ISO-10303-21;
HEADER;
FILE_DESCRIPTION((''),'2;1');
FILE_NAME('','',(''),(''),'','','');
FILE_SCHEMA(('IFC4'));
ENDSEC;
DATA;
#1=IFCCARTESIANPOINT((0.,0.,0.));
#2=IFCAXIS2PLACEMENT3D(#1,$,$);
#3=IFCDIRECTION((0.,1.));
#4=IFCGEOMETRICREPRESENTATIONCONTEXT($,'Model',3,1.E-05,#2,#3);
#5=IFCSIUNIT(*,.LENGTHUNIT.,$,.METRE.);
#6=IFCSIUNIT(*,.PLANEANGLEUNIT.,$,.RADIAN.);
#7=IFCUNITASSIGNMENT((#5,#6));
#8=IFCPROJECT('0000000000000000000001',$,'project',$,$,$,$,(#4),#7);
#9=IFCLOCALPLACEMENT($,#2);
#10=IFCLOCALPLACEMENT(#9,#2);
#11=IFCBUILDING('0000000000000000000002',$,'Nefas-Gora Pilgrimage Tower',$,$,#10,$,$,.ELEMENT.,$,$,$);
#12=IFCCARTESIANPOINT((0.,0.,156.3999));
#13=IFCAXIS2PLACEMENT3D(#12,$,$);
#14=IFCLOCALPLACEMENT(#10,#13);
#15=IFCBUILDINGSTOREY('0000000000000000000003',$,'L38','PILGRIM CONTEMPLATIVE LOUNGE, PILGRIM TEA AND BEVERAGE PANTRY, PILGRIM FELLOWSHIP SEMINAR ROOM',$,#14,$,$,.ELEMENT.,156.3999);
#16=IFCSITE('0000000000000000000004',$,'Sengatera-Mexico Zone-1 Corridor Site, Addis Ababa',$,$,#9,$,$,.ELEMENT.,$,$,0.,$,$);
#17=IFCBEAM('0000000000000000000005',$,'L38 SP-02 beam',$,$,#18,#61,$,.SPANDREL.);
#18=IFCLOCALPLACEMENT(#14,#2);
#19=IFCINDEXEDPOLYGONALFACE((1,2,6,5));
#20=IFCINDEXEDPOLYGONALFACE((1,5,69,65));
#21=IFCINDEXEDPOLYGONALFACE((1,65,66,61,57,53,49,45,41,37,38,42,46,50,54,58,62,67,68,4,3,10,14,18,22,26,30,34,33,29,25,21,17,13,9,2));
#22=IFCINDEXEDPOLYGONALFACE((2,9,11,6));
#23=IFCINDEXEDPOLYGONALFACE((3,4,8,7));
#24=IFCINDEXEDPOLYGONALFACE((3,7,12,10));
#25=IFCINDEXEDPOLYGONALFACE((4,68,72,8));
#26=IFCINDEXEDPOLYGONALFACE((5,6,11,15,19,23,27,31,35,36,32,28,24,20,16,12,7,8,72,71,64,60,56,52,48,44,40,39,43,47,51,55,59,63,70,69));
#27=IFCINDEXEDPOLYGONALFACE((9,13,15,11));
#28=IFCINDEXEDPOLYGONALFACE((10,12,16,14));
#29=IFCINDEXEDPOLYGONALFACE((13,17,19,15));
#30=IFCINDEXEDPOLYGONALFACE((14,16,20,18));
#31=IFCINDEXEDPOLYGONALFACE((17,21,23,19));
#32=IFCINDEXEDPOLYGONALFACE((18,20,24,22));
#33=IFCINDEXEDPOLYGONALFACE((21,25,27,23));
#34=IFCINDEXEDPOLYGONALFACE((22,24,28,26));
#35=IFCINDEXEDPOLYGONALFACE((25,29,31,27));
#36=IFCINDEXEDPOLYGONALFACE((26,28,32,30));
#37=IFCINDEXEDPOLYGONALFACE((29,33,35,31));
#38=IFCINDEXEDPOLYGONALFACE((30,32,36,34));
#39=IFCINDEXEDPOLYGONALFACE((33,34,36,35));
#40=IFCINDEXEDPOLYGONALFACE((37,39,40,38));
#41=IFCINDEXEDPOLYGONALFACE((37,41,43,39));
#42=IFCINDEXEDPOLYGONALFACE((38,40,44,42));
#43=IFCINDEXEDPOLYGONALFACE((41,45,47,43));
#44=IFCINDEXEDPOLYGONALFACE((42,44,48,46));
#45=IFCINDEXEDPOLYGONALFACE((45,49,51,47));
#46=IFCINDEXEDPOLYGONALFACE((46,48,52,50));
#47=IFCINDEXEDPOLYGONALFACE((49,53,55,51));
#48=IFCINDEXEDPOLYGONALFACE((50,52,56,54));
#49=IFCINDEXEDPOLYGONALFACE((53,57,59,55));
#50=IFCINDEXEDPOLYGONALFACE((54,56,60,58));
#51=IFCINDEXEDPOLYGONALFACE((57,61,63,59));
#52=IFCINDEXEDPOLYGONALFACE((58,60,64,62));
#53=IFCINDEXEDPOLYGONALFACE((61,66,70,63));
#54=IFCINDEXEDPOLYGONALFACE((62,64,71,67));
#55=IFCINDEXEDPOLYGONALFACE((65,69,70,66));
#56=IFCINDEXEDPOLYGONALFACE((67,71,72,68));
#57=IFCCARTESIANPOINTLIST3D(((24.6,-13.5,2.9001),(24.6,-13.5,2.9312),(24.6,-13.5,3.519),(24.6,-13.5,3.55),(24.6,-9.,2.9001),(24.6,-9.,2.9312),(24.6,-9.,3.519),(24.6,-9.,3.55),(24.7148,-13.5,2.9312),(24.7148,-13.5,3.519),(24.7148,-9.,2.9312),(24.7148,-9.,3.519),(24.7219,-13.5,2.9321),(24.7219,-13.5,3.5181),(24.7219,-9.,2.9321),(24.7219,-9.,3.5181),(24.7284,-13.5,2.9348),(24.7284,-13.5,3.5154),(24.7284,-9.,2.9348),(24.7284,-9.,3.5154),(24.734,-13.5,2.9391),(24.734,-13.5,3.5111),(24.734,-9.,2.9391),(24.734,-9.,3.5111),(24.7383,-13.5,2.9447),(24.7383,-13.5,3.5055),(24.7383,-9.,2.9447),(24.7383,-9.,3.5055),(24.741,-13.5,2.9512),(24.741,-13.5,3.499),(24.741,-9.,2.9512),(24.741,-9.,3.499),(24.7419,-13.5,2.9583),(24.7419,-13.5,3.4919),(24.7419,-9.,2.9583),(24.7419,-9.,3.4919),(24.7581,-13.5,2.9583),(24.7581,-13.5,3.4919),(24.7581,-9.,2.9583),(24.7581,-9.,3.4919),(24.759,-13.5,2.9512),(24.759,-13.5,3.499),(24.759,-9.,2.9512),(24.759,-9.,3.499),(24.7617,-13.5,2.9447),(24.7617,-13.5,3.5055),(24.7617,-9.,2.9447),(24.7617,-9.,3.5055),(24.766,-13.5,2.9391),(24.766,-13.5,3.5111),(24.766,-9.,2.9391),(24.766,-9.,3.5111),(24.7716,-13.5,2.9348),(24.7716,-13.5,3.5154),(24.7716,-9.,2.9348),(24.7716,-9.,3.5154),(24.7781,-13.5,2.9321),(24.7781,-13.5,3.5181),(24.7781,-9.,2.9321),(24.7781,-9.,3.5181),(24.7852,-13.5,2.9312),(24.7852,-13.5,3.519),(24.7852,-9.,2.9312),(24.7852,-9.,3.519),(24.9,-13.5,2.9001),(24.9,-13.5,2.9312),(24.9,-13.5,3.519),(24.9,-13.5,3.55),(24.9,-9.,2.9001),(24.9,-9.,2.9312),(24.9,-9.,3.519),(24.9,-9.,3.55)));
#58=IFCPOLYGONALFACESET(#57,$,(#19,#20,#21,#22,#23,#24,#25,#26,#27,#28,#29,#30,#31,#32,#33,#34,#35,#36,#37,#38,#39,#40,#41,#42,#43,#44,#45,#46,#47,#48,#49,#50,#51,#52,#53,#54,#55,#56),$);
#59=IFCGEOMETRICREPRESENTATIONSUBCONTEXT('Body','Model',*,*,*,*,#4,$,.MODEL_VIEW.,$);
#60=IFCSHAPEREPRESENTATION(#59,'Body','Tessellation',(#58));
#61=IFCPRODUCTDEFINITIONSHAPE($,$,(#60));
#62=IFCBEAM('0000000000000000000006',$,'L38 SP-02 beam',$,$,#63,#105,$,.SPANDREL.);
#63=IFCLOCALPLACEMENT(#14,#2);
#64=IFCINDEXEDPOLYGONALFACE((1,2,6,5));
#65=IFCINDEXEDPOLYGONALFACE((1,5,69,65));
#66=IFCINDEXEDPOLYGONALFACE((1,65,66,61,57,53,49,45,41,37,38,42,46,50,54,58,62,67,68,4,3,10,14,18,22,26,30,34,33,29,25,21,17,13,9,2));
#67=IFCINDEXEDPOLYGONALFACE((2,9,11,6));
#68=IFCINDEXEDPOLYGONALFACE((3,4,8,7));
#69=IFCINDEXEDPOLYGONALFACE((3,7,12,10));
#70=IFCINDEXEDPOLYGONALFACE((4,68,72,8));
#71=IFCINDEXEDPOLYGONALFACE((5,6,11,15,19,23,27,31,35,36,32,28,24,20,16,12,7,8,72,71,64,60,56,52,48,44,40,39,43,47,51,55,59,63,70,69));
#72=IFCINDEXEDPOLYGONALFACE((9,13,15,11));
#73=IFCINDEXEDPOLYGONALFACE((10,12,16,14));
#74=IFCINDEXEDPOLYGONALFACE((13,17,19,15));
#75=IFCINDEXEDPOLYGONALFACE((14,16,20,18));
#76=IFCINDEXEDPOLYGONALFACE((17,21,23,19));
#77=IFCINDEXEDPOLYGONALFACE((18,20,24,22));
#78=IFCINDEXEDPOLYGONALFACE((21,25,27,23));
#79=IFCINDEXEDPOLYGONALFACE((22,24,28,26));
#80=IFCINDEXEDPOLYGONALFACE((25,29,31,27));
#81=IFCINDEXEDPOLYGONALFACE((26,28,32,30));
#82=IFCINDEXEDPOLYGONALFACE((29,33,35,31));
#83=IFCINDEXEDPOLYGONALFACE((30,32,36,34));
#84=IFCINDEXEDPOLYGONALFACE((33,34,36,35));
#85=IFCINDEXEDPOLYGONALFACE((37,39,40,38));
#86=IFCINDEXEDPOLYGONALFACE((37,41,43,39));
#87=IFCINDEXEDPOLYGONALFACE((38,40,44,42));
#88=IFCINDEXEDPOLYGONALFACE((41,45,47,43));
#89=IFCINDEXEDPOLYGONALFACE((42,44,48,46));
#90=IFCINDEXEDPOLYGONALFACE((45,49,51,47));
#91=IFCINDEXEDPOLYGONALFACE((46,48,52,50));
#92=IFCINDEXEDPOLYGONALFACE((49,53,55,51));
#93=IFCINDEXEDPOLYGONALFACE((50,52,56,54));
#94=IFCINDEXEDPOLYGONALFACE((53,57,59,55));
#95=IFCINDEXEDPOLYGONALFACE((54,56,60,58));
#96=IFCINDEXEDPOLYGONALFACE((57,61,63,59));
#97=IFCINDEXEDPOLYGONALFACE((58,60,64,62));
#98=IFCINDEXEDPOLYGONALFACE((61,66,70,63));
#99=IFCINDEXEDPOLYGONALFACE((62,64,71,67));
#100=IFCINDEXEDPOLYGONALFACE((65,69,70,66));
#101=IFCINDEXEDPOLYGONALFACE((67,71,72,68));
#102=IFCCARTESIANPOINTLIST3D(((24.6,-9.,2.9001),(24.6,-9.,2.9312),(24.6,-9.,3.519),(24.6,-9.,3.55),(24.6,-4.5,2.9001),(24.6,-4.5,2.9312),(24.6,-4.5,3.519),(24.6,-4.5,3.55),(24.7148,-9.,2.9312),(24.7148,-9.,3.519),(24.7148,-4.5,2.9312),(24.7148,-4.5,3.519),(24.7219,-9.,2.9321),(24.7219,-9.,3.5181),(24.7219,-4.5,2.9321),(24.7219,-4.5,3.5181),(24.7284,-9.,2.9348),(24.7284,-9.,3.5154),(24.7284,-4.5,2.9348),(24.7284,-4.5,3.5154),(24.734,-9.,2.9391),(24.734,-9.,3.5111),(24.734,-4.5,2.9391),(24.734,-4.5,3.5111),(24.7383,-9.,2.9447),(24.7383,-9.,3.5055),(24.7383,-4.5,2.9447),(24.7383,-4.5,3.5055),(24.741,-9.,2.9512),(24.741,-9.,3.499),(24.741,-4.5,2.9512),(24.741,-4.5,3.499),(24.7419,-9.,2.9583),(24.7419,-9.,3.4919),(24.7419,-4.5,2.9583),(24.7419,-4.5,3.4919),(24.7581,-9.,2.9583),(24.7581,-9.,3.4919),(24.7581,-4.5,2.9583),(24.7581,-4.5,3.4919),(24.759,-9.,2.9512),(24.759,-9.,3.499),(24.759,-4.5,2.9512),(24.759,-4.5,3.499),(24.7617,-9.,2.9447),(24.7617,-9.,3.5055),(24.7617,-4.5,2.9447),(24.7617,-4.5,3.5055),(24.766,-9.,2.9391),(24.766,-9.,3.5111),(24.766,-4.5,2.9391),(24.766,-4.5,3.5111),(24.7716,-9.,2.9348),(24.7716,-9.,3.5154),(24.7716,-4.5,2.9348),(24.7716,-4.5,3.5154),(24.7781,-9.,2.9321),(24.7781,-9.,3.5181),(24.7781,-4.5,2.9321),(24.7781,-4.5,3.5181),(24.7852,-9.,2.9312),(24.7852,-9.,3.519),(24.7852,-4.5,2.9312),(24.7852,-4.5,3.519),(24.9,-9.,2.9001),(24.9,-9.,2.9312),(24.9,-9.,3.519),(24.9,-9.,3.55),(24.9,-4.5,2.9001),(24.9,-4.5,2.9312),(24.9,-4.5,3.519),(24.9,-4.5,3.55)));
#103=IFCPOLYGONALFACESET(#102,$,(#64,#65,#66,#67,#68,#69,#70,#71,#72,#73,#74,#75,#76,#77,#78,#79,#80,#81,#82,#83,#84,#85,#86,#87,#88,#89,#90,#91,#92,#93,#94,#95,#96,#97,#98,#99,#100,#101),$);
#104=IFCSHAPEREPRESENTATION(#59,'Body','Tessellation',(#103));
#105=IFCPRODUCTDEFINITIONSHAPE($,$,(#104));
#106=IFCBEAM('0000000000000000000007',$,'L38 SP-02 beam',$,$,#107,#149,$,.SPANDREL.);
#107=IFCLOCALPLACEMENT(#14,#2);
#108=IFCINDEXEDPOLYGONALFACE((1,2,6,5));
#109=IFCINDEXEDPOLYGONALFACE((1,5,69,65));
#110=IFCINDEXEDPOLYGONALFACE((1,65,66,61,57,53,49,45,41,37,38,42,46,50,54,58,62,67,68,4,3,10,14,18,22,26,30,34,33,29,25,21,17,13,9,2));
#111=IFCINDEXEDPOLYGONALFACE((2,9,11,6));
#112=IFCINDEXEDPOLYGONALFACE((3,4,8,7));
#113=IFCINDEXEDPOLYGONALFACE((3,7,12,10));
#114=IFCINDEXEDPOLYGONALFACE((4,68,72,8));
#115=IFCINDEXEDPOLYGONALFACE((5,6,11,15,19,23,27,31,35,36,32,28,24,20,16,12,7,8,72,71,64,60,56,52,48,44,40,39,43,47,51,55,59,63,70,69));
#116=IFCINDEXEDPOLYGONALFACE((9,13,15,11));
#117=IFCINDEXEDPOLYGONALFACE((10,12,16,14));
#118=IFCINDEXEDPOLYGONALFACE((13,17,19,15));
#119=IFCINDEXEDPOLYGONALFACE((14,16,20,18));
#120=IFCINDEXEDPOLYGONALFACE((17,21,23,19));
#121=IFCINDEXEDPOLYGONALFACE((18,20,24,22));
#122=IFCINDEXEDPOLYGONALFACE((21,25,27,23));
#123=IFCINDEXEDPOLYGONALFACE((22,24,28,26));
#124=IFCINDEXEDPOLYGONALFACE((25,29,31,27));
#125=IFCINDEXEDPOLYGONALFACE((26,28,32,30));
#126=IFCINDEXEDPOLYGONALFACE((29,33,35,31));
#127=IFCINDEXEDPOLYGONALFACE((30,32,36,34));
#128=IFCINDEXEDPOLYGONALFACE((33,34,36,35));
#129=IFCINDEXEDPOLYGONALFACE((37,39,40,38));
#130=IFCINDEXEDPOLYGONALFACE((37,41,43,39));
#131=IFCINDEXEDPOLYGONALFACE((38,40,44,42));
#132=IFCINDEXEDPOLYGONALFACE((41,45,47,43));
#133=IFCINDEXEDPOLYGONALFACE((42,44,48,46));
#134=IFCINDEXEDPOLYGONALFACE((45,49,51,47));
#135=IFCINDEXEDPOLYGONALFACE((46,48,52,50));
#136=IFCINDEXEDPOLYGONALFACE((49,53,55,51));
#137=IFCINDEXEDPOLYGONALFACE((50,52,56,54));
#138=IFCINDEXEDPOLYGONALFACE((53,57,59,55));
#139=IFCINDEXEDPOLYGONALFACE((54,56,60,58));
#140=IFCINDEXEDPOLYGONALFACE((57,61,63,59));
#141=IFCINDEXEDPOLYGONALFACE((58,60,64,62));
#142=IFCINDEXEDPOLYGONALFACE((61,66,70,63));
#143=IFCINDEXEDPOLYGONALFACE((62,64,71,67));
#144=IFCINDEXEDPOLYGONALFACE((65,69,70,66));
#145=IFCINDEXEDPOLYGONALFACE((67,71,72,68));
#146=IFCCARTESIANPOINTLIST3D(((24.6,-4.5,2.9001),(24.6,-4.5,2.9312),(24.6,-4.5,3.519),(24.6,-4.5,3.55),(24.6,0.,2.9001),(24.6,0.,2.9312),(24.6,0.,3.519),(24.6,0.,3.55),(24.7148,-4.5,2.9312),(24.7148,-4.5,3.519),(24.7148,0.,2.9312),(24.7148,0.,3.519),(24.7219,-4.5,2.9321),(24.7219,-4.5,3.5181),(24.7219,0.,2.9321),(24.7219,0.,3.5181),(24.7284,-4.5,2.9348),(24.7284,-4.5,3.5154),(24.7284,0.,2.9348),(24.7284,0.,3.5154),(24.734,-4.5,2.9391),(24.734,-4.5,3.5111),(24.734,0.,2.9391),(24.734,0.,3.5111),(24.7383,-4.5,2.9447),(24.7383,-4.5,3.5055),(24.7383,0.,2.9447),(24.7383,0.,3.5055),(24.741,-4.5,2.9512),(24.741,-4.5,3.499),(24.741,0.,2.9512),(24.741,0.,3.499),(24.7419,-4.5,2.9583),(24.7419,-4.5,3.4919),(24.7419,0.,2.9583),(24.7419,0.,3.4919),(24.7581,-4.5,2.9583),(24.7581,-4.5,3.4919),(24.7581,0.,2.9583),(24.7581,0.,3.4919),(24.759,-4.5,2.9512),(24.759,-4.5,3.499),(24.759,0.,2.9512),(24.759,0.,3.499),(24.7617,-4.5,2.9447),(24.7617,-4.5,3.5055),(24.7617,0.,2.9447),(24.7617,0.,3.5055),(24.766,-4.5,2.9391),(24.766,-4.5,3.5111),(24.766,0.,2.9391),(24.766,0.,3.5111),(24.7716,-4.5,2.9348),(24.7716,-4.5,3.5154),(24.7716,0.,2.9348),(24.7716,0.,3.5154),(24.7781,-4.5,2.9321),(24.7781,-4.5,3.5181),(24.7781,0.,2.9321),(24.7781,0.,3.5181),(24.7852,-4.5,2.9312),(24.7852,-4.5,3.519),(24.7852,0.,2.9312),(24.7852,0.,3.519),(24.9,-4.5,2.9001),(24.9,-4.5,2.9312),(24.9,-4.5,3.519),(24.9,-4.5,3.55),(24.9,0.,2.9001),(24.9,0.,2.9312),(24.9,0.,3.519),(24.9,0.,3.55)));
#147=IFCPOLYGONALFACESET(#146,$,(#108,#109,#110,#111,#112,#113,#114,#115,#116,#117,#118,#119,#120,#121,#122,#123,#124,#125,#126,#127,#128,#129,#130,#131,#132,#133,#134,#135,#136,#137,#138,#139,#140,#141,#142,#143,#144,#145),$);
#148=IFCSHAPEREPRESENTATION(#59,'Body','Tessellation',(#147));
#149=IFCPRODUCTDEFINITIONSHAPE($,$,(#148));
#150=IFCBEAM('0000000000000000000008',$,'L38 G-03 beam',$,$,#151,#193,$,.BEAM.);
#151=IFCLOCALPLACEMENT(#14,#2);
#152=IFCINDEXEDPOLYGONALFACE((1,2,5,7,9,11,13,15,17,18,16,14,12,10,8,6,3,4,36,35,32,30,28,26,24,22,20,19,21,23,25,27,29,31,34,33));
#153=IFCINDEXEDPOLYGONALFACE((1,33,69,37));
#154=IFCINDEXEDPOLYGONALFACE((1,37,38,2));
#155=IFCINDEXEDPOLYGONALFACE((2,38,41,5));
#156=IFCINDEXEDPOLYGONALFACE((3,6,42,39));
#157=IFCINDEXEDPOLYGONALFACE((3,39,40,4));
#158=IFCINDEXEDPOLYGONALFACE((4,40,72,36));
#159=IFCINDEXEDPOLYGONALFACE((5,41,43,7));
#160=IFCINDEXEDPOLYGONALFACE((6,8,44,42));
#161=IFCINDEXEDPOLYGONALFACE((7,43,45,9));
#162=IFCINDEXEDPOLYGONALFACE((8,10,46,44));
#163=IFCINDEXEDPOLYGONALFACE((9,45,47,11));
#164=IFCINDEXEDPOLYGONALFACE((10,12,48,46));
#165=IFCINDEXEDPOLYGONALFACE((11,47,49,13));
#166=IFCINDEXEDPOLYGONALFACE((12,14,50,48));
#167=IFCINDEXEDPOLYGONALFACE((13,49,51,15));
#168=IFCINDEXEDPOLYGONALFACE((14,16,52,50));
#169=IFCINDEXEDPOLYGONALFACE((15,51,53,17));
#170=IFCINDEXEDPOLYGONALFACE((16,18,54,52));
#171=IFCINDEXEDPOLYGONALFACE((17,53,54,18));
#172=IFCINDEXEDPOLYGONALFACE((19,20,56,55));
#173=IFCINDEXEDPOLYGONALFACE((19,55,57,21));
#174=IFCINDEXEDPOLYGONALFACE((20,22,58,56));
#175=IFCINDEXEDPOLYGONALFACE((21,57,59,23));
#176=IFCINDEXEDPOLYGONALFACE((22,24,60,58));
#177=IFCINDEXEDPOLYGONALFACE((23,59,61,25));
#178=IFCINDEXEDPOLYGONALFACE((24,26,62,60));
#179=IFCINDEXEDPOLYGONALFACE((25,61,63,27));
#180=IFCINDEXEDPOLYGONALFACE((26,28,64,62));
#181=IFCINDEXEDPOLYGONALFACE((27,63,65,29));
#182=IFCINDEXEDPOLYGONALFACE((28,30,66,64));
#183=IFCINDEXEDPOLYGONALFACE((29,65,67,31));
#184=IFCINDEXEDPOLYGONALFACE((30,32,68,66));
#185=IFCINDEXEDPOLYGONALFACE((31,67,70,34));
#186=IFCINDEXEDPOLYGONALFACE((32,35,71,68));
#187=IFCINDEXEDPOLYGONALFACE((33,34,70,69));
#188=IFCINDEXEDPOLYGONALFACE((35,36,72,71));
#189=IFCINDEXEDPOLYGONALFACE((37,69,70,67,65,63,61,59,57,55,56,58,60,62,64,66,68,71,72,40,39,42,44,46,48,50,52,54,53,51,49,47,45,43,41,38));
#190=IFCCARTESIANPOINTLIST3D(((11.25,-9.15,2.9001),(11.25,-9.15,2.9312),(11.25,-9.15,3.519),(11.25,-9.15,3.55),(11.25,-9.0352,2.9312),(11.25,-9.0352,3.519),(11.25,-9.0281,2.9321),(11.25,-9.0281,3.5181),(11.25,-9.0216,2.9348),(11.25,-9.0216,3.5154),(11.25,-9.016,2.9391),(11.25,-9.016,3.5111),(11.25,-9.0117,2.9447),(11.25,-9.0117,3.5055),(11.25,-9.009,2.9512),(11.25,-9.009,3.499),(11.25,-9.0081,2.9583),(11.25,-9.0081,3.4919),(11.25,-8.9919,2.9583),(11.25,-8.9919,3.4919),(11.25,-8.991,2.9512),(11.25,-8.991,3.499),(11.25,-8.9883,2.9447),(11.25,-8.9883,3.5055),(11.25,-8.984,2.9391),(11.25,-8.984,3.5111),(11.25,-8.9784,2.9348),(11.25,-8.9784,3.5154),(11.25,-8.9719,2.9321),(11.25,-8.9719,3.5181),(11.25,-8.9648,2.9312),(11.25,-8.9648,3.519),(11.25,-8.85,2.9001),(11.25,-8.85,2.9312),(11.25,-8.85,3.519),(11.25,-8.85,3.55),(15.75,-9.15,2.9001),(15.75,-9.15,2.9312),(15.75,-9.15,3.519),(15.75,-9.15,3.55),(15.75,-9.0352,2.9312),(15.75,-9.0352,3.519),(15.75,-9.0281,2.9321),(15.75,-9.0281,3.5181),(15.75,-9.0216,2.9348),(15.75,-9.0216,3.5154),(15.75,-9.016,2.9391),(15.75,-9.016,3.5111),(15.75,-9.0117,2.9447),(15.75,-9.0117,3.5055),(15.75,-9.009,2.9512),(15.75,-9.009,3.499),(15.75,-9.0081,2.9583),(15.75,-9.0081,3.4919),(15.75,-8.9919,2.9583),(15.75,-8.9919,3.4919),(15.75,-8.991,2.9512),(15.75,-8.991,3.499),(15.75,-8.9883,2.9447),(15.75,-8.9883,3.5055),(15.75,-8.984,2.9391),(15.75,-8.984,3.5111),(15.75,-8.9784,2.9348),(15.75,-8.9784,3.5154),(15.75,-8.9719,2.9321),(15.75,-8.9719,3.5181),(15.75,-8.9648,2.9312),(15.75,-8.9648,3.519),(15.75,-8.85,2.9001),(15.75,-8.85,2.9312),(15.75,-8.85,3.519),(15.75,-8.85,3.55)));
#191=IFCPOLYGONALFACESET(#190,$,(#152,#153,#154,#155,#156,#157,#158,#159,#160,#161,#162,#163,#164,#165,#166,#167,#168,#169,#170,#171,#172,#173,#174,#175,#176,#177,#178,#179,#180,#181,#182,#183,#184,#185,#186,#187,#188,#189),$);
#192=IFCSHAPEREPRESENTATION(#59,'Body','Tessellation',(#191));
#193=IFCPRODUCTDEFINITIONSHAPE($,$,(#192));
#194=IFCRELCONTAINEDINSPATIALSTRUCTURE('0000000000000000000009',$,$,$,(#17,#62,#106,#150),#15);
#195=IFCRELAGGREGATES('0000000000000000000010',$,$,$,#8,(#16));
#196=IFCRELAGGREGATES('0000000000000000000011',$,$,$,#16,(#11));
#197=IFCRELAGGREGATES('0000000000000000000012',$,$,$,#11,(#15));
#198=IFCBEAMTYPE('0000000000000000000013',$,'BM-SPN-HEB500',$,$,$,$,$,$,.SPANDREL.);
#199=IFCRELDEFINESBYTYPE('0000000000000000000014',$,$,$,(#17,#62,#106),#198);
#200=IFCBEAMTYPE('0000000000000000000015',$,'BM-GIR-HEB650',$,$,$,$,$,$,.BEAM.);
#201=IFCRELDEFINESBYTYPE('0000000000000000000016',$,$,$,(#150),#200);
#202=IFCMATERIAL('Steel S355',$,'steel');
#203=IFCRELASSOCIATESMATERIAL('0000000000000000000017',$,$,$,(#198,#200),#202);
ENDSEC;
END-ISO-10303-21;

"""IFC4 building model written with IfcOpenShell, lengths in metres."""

from ifc_helpers import new_model, si_unit, direction, frame, origin, origin_2d, place, context, subcontext, project, spatial, i_section, extrude, source, transform, mapped, material, material_profile, profile_set, type_object, element, save


model = new_model("IFC4")

# Units and contexts
model_context = context("Model", 3, precision=1e-05, world=origin(), true_north=direction((0.0, 1.0)))
body_context = subcontext(model_context, "Body", "Model", "MODEL_VIEW")
ifc_project = project(units=[si_unit("LENGTHUNIT", "METRE"), si_unit("PLANEANGLEUNIT", "RADIAN")], contexts=[model_context])

# Site, building, storey
site_placement = place(None, origin())
site = spatial("IfcSite", under=ifc_project, at=site_placement, Name="Sengatera-Mexico Zone-1 Corridor Site, Addis Ababa", CompositionType="ELEMENT", RefElevation=0.0)
building_placement = place(site_placement, origin())
building = spatial("IfcBuilding", under=site, at=building_placement, Name="Nefas-Gora Pilgrimage Tower", CompositionType="ELEMENT")
storey_placement = place(building_placement, frame((0.0, 0.0, 156.3999)))
storey = spatial("IfcBuildingStorey", under=building, at=storey_placement, Name="L38", Description="PILGRIM CONTEMPLATIVE LOUNGE, PILGRIM TEA AND BEVERAGE PANTRY, PILGRIM FELLOWSHIP SEMINAR ROOM", CompositionType="ELEMENT", Elevation=156.3999)

# Beams
ifc_material_1 = material(Name="Steel S355", Category="steel")
ifc_material_profile_1 = material_profile(ifc_material_1, i_section(OverallWidth=0.3, OverallDepth=0.6499, WebThickness=0.0161, FlangeThickness=0.031, FilletRadius=0.0271, at=origin_2d()), Name="HEB 650")
ifc_profile_set_1 = profile_set([ifc_material_profile_1], Name="Steel S355")
beam_type_1 = type_object("IfcBeamType", Name="BM-SPN-HEB500", PredefinedType="SPANDREL", material=ifc_profile_set_1)
shared_shape_1 = source(origin(), body_context, "Body", "SweptSolid", [
    extrude(i_section(OverallWidth=0.3, OverallDepth=0.6499, WebThickness=0.0161, FlangeThickness=0.031, FilletRadius=0.0271, at=origin_2d()), origin(), (0.0, 0.0, 1.0), 4.5),
])
for number, where, z_axis, x_axis, name in (
    (1, (24.75, -13.5, 3.2251), (0.0, 1.0, 0.0), (-1.0, 0.0, 0.0), "L38 SP-02 beam"),
    (2, (24.75, -9.0, 3.2251), (0.0, 1.0, 0.0), (-1.0, 0.0, 0.0), "L38 SP-02 beam"),
    (3, (24.75, -4.5, 3.2251), (0.0, 1.0, 0.0), (-1.0, 0.0, 0.0), "L38 SP-02 beam"),
):
    element("IfcBeam", number, at=place(storey_placement, frame(where, z_axis=z_axis, x_axis=x_axis)), inside=storey, type_object=beam_type_1, Name=name, PredefinedType="SPANDREL", context=body_context, shape_type="MappedRepresentation", body=[
        mapped(shared_shape_1, transform((0.0, 0.0, 0.0), x_axis=(1.0, 0.0, 0.0), y_axis=(0.0, 1.0, 0.0), z_axis=(0.0, 0.0, 1.0), scale=1.0)),
    ])
ifc_material_profile_2 = material_profile(ifc_material_1, i_section(OverallWidth=0.3, OverallDepth=0.6499, WebThickness=0.0161, FlangeThickness=0.031, FilletRadius=0.0271, at=origin_2d()), Name="HEB 650")
ifc_profile_set_2 = profile_set([ifc_material_profile_2], Name="Steel S355")
beam_type_2 = type_object("IfcBeamType", Name="BM-GIR-HEB650", PredefinedType="BEAM", material=ifc_profile_set_2)
shared_shape_2 = source(origin(), body_context, "Body", "SweptSolid", [
    extrude(i_section(OverallWidth=0.3, OverallDepth=0.6499, WebThickness=0.0161, FlangeThickness=0.031, FilletRadius=0.0271, at=origin_2d()), origin(), (0.0, 0.0, 1.0), 4.5),
])
for number, where, z_axis, x_axis, name in (
    (4, (11.25, -9.0, 3.2251), (1.0, 0.0, 0.0), (0.0, 1.0, 0.0), "L38 G-03 beam"),
):
    element("IfcBeam", number, at=place(storey_placement, frame(where, z_axis=z_axis, x_axis=x_axis)), inside=storey, type_object=beam_type_2, Name=name, PredefinedType="BEAM", context=body_context, shape_type="MappedRepresentation", body=[
        mapped(shared_shape_2, transform((0.0, 0.0, 0.0), x_axis=(1.0, 0.0, 0.0), y_axis=(0.0, 1.0, 0.0), z_axis=(0.0, 0.0, 1.0), scale=1.0)),
    ])

save(model, "model.ifc")
